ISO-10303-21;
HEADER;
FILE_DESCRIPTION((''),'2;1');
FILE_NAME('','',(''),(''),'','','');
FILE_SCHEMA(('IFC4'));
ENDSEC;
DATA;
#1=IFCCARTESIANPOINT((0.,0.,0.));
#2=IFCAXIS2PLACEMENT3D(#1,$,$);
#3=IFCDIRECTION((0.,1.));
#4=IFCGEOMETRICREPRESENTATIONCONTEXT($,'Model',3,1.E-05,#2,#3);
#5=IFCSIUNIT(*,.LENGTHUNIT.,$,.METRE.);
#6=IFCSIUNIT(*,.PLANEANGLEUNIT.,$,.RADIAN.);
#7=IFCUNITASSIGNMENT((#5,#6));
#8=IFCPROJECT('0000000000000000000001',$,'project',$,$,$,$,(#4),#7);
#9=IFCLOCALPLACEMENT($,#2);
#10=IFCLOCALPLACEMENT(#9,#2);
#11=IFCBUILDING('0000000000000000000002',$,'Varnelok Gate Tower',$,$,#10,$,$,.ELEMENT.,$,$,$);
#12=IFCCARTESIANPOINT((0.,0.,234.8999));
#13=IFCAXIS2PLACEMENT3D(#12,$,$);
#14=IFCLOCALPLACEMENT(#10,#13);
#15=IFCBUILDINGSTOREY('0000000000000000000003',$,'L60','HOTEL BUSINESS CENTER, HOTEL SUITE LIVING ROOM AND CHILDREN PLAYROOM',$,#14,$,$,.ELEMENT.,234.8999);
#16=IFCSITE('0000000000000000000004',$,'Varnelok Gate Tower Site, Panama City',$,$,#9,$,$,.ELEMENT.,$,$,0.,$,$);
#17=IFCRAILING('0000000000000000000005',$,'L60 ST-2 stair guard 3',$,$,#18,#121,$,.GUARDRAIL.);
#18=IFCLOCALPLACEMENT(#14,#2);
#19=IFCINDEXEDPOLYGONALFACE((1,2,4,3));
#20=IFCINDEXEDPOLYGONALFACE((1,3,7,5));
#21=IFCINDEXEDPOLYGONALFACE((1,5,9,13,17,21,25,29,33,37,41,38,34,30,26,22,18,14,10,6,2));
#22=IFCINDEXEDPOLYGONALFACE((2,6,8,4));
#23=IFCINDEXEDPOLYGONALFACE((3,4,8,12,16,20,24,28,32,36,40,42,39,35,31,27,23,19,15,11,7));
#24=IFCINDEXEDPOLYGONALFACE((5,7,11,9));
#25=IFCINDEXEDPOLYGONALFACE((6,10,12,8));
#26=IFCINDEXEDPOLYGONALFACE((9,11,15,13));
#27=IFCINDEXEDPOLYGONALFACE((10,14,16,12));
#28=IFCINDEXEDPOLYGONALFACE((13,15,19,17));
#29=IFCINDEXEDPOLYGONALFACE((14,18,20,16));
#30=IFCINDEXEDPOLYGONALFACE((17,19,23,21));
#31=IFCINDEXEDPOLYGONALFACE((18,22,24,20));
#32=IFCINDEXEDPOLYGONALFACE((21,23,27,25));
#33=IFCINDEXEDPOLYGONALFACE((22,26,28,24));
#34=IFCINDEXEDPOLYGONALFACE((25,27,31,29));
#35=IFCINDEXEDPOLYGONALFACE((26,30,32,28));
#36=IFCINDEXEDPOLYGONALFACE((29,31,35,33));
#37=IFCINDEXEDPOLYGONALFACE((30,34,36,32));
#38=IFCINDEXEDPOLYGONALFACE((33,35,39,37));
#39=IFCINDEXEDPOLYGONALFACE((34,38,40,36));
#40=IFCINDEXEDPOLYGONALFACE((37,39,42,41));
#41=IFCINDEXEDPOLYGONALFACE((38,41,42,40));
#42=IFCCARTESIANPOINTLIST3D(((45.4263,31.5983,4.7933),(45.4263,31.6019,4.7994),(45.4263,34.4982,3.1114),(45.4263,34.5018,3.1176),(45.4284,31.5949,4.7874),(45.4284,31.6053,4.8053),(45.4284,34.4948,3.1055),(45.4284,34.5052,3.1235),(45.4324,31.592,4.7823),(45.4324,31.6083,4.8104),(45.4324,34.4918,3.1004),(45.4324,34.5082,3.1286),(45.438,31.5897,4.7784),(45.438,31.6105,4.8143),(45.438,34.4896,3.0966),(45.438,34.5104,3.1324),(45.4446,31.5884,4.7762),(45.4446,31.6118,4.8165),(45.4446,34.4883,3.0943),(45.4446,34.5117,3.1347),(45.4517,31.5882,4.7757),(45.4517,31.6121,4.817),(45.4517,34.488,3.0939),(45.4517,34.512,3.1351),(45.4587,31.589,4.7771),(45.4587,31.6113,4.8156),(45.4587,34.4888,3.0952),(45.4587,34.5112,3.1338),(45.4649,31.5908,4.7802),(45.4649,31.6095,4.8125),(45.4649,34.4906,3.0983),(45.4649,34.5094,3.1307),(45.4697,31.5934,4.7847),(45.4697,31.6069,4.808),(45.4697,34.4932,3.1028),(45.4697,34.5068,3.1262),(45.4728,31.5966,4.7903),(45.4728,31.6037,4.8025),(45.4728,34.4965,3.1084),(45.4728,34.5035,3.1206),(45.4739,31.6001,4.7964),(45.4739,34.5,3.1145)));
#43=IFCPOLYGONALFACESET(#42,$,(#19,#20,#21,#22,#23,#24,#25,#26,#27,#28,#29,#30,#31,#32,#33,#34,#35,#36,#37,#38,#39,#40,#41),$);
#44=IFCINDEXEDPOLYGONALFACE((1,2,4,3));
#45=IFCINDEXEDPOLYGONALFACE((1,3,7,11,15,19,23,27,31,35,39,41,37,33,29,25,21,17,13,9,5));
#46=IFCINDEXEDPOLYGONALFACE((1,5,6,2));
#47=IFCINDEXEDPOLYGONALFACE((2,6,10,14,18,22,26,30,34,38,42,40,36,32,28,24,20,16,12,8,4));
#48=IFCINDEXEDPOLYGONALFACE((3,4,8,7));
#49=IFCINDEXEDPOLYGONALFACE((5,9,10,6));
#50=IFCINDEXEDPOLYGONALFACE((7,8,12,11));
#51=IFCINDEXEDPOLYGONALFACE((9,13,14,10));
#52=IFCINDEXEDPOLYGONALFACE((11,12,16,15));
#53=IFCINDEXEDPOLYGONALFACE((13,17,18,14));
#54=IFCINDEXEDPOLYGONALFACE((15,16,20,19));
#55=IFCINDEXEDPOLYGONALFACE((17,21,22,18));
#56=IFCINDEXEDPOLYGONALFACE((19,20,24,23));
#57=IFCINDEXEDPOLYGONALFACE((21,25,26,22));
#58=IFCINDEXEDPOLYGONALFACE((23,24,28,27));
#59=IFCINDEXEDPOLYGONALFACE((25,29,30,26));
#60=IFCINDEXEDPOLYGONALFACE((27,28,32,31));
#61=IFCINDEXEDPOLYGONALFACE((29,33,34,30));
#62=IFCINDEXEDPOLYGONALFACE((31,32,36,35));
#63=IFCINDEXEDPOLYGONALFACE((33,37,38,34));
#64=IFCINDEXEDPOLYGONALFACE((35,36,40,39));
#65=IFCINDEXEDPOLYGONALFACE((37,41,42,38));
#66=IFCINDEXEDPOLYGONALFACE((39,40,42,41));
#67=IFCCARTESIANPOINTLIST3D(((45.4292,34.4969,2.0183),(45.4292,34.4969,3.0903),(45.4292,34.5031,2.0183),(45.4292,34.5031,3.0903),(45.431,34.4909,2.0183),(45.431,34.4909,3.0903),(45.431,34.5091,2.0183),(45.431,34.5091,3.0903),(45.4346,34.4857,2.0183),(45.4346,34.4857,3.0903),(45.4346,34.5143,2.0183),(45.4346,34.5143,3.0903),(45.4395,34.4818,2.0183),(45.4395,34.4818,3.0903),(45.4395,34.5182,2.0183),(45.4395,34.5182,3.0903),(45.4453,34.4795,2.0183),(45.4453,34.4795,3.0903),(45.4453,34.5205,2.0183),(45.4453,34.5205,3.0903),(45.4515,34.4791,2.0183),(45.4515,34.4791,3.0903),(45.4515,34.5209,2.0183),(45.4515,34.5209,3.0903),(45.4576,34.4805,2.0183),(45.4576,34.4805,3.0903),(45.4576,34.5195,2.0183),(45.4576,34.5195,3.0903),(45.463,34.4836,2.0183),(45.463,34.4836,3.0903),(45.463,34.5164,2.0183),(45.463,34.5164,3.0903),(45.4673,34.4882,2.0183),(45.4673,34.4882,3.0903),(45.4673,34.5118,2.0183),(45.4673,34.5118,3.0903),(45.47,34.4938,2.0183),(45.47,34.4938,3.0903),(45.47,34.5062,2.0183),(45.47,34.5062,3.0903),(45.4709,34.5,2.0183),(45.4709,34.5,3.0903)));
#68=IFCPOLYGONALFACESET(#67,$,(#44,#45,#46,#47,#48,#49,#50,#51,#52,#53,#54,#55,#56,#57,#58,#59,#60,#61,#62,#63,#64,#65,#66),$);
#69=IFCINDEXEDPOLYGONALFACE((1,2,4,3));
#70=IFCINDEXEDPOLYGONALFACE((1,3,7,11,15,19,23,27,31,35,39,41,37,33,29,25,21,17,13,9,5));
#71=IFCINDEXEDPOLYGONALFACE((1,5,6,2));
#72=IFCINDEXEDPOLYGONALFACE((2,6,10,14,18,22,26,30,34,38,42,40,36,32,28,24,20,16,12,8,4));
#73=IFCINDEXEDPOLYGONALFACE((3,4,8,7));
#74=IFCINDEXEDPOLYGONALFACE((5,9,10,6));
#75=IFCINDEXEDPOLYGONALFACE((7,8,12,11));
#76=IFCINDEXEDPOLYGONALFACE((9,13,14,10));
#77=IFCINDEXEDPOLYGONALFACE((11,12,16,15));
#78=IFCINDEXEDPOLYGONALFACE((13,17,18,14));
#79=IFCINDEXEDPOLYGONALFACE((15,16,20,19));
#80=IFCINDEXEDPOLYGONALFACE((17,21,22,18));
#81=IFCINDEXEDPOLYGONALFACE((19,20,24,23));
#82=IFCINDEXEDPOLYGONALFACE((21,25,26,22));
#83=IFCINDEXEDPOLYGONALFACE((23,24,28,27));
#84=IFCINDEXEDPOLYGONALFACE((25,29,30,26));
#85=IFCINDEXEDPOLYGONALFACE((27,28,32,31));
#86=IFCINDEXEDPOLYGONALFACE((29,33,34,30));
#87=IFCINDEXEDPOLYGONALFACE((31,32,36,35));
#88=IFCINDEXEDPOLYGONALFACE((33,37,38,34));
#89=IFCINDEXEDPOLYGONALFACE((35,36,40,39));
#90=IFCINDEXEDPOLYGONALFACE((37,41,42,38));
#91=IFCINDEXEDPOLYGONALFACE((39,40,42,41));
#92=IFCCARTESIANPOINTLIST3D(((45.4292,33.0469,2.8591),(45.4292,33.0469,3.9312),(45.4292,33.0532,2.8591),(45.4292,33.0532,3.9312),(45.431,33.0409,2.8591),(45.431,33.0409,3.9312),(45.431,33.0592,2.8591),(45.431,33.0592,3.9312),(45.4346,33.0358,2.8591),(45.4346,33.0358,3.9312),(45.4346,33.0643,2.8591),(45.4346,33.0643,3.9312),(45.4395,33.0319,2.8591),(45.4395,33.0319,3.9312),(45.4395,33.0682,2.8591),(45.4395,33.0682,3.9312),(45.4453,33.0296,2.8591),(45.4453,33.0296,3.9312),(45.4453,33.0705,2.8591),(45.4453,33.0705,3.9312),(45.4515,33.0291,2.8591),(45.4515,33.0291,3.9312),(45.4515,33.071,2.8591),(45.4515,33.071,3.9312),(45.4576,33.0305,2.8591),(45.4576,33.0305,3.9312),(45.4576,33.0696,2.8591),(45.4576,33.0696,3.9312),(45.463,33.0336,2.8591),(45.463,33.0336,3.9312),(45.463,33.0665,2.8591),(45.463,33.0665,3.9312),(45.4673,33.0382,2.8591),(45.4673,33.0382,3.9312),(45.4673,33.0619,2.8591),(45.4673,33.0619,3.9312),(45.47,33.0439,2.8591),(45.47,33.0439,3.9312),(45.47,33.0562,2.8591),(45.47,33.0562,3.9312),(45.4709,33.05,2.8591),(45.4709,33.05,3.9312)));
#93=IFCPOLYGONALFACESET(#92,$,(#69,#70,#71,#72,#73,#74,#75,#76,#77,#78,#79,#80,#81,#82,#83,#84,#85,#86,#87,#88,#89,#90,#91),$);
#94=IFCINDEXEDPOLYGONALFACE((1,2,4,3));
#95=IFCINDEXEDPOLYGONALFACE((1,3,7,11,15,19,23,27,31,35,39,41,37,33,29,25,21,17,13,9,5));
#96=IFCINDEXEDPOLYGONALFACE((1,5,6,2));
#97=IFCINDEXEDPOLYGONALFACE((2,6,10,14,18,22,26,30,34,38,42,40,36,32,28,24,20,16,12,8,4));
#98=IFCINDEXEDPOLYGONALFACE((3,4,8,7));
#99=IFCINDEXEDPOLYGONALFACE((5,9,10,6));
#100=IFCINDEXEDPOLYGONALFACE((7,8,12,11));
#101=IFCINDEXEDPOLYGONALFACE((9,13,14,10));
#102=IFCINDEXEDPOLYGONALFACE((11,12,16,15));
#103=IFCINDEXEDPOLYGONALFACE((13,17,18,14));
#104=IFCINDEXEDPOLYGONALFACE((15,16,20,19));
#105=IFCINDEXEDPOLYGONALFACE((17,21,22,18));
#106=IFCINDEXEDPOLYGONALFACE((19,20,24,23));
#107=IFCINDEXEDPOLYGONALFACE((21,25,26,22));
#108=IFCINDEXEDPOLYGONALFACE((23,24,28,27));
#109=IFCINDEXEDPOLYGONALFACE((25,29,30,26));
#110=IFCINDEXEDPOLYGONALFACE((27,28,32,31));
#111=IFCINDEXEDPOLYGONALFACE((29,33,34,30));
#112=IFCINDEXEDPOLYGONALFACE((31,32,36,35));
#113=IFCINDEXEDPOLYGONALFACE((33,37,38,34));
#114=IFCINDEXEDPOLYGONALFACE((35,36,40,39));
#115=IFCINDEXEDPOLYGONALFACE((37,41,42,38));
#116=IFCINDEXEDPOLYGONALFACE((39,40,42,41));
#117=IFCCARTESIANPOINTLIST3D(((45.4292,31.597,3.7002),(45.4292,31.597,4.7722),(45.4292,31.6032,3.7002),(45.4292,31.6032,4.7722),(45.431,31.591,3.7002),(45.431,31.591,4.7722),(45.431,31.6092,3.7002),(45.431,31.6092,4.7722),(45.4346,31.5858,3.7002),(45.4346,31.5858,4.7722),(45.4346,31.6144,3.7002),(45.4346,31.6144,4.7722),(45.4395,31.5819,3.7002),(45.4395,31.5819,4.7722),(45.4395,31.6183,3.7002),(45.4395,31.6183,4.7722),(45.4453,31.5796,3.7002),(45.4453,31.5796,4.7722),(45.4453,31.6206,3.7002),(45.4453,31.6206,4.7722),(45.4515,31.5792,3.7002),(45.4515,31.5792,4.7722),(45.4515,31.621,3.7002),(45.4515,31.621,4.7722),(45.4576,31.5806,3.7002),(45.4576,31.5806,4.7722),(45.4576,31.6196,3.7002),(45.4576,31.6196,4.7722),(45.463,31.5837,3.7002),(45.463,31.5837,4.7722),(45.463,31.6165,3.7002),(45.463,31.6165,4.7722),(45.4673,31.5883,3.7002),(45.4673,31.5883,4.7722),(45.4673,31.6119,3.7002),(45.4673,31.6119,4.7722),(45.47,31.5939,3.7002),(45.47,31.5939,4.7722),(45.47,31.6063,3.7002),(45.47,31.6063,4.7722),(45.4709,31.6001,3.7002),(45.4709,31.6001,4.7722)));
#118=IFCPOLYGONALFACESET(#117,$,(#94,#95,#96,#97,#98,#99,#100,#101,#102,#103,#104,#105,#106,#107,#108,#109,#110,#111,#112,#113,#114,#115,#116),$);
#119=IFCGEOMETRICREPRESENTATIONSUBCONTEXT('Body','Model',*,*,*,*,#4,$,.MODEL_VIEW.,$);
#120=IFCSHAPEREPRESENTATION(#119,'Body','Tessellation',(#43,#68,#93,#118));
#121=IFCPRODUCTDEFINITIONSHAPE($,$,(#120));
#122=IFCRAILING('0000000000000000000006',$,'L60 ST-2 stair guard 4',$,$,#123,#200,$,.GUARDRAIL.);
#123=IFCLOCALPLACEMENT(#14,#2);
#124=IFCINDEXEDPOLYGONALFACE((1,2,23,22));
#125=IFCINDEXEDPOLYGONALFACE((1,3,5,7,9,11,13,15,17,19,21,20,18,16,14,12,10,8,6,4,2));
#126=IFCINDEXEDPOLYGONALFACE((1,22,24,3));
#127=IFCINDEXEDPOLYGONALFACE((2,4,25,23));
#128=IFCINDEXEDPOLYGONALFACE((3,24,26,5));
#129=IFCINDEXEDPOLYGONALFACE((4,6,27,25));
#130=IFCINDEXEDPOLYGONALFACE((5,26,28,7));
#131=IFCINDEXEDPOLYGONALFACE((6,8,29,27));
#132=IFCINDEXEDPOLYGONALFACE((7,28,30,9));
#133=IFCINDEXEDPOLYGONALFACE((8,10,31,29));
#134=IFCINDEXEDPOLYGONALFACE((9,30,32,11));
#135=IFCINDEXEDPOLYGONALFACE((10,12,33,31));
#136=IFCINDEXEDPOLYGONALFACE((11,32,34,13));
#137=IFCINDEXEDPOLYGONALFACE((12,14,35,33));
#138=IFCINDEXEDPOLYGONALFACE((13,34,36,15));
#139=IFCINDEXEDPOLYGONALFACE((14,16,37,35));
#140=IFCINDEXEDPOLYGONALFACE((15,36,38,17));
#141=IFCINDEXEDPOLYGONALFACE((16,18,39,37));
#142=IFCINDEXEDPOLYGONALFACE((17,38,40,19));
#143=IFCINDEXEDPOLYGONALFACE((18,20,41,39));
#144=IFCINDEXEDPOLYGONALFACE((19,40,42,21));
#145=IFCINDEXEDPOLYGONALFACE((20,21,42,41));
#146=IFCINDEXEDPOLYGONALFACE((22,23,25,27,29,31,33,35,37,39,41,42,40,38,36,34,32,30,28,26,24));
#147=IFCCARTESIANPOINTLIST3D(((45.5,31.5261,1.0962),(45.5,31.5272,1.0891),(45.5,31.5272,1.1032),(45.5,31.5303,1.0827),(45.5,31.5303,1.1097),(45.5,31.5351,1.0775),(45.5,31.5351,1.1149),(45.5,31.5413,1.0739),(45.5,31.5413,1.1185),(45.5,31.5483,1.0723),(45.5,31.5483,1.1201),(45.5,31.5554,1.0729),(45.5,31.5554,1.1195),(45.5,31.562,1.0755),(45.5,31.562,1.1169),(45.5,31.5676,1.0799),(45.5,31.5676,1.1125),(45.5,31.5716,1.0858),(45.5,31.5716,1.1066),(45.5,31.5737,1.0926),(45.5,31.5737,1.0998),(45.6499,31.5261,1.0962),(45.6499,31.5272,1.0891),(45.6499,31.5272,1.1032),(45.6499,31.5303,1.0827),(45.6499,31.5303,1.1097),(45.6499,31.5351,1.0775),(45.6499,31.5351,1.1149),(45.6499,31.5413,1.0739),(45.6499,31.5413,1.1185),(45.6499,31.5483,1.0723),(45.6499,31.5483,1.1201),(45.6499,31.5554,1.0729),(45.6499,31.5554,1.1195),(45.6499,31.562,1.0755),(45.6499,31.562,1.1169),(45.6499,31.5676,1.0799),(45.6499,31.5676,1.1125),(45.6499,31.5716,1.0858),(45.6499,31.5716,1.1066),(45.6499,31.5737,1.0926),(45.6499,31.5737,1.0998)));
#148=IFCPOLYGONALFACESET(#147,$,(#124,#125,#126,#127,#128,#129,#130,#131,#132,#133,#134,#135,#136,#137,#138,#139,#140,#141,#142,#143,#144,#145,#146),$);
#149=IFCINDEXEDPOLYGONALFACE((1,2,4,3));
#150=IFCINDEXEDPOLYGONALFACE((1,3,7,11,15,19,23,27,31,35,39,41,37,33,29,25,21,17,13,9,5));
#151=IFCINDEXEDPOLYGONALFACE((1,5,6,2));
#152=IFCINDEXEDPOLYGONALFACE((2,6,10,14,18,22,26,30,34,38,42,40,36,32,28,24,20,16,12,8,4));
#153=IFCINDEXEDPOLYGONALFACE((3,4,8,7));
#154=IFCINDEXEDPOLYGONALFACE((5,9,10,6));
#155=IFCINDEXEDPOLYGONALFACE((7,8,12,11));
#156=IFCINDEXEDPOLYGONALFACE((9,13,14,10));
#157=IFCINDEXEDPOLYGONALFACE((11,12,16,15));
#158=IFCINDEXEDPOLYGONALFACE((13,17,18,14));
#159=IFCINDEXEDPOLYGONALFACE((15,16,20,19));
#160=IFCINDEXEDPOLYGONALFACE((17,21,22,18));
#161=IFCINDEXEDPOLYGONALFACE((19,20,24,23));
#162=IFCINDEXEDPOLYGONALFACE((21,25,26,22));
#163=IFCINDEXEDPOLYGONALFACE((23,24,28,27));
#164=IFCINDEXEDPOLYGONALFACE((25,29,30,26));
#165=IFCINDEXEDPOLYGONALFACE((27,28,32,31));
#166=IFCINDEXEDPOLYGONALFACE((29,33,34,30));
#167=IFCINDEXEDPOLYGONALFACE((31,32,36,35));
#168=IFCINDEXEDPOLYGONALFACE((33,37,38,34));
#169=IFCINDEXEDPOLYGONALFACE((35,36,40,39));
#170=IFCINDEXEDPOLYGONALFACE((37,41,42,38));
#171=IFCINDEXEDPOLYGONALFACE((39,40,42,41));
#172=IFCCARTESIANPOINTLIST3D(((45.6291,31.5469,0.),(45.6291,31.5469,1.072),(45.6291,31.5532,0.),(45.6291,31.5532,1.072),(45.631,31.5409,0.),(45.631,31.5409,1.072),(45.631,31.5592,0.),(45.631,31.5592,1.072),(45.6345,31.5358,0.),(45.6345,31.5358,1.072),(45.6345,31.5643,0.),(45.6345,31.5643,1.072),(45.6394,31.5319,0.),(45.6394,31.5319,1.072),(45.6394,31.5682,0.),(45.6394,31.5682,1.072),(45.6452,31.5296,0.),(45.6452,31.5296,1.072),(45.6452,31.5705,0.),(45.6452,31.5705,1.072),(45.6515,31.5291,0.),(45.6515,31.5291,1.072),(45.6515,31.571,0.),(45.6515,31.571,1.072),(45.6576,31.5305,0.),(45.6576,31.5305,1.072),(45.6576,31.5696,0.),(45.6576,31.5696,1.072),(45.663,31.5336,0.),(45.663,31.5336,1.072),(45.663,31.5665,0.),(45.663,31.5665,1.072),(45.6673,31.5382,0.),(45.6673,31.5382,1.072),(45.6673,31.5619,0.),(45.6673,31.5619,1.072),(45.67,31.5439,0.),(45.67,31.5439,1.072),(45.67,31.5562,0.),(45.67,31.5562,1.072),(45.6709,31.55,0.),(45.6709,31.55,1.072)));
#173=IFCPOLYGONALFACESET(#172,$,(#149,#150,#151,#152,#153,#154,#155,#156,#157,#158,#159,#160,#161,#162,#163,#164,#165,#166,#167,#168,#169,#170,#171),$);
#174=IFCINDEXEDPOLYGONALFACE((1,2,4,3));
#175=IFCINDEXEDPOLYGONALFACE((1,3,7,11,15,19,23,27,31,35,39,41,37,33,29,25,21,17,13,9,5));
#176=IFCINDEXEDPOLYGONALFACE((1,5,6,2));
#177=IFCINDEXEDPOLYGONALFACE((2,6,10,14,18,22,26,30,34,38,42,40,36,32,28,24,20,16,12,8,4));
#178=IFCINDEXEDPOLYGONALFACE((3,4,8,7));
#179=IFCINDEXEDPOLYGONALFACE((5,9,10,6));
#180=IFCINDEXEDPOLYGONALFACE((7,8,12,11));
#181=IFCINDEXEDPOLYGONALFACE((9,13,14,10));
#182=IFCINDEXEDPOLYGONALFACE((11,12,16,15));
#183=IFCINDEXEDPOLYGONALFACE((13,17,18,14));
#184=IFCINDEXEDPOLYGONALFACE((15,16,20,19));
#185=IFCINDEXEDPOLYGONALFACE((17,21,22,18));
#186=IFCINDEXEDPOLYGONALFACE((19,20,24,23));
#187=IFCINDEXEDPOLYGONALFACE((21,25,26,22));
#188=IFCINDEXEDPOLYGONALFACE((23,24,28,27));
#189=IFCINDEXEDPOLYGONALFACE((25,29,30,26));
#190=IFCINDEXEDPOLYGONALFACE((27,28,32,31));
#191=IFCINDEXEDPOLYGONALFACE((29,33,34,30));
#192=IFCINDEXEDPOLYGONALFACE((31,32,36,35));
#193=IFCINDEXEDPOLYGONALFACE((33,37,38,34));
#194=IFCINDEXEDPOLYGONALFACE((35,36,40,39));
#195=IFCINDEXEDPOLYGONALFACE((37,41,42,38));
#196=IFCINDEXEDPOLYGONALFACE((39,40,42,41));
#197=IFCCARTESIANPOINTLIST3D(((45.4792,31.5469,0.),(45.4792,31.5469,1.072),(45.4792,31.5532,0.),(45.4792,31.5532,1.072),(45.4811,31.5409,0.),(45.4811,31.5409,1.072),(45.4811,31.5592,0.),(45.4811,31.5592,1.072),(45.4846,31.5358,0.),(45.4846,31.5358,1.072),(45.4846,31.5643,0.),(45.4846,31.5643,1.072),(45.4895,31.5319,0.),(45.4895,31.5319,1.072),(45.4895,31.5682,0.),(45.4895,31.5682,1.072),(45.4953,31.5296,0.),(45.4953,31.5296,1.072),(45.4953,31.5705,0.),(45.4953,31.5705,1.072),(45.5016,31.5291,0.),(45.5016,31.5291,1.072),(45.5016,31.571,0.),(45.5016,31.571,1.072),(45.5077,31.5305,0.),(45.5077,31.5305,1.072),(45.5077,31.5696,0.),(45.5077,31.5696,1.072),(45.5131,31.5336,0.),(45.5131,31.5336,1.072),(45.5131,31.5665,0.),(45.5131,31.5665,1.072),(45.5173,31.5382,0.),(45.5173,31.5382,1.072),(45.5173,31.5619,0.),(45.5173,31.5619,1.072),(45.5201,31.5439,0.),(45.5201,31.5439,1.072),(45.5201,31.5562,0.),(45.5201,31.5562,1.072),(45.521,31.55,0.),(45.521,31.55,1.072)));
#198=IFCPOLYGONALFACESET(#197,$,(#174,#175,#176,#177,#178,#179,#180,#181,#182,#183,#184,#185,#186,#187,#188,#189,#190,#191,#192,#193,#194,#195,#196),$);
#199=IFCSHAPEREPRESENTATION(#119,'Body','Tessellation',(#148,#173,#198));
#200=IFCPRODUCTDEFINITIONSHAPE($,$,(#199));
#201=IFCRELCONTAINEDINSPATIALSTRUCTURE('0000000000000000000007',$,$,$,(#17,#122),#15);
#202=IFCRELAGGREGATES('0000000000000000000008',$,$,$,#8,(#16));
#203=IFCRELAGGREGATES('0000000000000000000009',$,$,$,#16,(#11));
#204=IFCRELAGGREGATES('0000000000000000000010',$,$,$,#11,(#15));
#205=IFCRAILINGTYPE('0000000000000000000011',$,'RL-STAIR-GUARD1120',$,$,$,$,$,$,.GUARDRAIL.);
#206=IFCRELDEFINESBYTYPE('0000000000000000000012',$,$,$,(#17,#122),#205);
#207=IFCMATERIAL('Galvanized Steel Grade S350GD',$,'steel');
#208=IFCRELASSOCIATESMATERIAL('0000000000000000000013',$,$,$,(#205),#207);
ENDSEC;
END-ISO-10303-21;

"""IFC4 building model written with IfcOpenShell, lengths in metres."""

from ifc_helpers import new_model, si_unit, direction, frame, origin, origin_2d, place, context, subcontext, project, spatial, circle, extrude, material, type_object, element, save


model = new_model("IFC4")

# Units and contexts
model_context = context("Model", 3, precision=1e-05, world=origin(), true_north=direction((0.0, 1.0)))
body_context = subcontext(model_context, "Body", "Model", "MODEL_VIEW")
ifc_project = project(units=[si_unit("LENGTHUNIT", "METRE"), si_unit("PLANEANGLEUNIT", "RADIAN")], contexts=[model_context])

# Site, building, storey
site_placement = place(None, origin())
site = spatial("IfcSite", under=ifc_project, at=site_placement, Name="Varnelok Gate Tower Site, Panama City", CompositionType="ELEMENT", RefElevation=0.0)
building_placement = place(site_placement, origin())
building = spatial("IfcBuilding", under=site, at=building_placement, Name="Varnelok Gate Tower", CompositionType="ELEMENT")
storey_placement = place(building_placement, frame((0.0, 0.0, 234.8999)))
storey = spatial("IfcBuildingStorey", under=building, at=storey_placement, Name="L60", Description="HOTEL BUSINESS CENTER, HOTEL SUITE LIVING ROOM AND CHILDREN PLAYROOM", CompositionType="ELEMENT", Elevation=234.8999)

# Shared definitions
ifc_material_1 = material(Name="Galvanized Steel Grade S350GD", Category="steel")

# Railings
railing_type_1 = type_object("IfcRailingType", Name="RL-STAIR-GUARD1120", PredefinedType="GUARDRAIL", material=ifc_material_1)
railing_1_placement = place(storey_placement, frame((45.45, 34.5, 2.0183)))
element("IfcRailing", 1, at=railing_1_placement, inside=storey, type_object=railing_type_1, Name="L60 ST-2 stair guard 3", PredefinedType="GUARDRAIL", context=body_context, shape_type="SweptSolid", body=[
    extrude(circle(Radius=0.0239, at=origin_2d()), frame((0.0, 0.0, 1.0962), z_axis=(0.0, -0.865039, 0.501705), x_axis=(1.0, 0.0, 0.0)), (0.0, 0.0, 1.0), 3.3523),
    extrude(circle(Radius=0.021, at=origin_2d()), origin(), (0.0, 0.0, 1.0), 1.072),
    extrude(circle(Radius=0.021, at=origin_2d()), frame((0.0, -1.45, 0.8408)), (0.0, 0.0, 1.0), 1.072),
    extrude(circle(Radius=0.021, at=origin_2d()), frame((0.0, -2.8999, 1.6819)), (0.0, 0.0, 1.0), 1.072),
])
railing_2_placement = place(storey_placement, frame((45.6499, 31.55, 0.0)))
element("IfcRailing", 2, at=railing_2_placement, inside=storey, type_object=railing_type_1, Name="L60 ST-2 stair guard 4", PredefinedType="GUARDRAIL", context=body_context, shape_type="SweptSolid", body=[
    extrude(circle(Radius=0.0239, at=origin_2d()), frame((0.0, 0.0, 1.0962), z_axis=(-1.0, 0.0, 0.0), x_axis=(0.0, -1.0, 0.0)), (0.0, 0.0, 1.0), 0.1499),
    extrude(circle(Radius=0.021, at=origin_2d()), origin(), (0.0, 0.0, 1.0), 1.072),
    extrude(circle(Radius=0.021, at=origin_2d()), frame((-0.1499, 0.0, 0.0)), (0.0, 0.0, 1.0), 1.072),
])

save(model, "model.ifc")
